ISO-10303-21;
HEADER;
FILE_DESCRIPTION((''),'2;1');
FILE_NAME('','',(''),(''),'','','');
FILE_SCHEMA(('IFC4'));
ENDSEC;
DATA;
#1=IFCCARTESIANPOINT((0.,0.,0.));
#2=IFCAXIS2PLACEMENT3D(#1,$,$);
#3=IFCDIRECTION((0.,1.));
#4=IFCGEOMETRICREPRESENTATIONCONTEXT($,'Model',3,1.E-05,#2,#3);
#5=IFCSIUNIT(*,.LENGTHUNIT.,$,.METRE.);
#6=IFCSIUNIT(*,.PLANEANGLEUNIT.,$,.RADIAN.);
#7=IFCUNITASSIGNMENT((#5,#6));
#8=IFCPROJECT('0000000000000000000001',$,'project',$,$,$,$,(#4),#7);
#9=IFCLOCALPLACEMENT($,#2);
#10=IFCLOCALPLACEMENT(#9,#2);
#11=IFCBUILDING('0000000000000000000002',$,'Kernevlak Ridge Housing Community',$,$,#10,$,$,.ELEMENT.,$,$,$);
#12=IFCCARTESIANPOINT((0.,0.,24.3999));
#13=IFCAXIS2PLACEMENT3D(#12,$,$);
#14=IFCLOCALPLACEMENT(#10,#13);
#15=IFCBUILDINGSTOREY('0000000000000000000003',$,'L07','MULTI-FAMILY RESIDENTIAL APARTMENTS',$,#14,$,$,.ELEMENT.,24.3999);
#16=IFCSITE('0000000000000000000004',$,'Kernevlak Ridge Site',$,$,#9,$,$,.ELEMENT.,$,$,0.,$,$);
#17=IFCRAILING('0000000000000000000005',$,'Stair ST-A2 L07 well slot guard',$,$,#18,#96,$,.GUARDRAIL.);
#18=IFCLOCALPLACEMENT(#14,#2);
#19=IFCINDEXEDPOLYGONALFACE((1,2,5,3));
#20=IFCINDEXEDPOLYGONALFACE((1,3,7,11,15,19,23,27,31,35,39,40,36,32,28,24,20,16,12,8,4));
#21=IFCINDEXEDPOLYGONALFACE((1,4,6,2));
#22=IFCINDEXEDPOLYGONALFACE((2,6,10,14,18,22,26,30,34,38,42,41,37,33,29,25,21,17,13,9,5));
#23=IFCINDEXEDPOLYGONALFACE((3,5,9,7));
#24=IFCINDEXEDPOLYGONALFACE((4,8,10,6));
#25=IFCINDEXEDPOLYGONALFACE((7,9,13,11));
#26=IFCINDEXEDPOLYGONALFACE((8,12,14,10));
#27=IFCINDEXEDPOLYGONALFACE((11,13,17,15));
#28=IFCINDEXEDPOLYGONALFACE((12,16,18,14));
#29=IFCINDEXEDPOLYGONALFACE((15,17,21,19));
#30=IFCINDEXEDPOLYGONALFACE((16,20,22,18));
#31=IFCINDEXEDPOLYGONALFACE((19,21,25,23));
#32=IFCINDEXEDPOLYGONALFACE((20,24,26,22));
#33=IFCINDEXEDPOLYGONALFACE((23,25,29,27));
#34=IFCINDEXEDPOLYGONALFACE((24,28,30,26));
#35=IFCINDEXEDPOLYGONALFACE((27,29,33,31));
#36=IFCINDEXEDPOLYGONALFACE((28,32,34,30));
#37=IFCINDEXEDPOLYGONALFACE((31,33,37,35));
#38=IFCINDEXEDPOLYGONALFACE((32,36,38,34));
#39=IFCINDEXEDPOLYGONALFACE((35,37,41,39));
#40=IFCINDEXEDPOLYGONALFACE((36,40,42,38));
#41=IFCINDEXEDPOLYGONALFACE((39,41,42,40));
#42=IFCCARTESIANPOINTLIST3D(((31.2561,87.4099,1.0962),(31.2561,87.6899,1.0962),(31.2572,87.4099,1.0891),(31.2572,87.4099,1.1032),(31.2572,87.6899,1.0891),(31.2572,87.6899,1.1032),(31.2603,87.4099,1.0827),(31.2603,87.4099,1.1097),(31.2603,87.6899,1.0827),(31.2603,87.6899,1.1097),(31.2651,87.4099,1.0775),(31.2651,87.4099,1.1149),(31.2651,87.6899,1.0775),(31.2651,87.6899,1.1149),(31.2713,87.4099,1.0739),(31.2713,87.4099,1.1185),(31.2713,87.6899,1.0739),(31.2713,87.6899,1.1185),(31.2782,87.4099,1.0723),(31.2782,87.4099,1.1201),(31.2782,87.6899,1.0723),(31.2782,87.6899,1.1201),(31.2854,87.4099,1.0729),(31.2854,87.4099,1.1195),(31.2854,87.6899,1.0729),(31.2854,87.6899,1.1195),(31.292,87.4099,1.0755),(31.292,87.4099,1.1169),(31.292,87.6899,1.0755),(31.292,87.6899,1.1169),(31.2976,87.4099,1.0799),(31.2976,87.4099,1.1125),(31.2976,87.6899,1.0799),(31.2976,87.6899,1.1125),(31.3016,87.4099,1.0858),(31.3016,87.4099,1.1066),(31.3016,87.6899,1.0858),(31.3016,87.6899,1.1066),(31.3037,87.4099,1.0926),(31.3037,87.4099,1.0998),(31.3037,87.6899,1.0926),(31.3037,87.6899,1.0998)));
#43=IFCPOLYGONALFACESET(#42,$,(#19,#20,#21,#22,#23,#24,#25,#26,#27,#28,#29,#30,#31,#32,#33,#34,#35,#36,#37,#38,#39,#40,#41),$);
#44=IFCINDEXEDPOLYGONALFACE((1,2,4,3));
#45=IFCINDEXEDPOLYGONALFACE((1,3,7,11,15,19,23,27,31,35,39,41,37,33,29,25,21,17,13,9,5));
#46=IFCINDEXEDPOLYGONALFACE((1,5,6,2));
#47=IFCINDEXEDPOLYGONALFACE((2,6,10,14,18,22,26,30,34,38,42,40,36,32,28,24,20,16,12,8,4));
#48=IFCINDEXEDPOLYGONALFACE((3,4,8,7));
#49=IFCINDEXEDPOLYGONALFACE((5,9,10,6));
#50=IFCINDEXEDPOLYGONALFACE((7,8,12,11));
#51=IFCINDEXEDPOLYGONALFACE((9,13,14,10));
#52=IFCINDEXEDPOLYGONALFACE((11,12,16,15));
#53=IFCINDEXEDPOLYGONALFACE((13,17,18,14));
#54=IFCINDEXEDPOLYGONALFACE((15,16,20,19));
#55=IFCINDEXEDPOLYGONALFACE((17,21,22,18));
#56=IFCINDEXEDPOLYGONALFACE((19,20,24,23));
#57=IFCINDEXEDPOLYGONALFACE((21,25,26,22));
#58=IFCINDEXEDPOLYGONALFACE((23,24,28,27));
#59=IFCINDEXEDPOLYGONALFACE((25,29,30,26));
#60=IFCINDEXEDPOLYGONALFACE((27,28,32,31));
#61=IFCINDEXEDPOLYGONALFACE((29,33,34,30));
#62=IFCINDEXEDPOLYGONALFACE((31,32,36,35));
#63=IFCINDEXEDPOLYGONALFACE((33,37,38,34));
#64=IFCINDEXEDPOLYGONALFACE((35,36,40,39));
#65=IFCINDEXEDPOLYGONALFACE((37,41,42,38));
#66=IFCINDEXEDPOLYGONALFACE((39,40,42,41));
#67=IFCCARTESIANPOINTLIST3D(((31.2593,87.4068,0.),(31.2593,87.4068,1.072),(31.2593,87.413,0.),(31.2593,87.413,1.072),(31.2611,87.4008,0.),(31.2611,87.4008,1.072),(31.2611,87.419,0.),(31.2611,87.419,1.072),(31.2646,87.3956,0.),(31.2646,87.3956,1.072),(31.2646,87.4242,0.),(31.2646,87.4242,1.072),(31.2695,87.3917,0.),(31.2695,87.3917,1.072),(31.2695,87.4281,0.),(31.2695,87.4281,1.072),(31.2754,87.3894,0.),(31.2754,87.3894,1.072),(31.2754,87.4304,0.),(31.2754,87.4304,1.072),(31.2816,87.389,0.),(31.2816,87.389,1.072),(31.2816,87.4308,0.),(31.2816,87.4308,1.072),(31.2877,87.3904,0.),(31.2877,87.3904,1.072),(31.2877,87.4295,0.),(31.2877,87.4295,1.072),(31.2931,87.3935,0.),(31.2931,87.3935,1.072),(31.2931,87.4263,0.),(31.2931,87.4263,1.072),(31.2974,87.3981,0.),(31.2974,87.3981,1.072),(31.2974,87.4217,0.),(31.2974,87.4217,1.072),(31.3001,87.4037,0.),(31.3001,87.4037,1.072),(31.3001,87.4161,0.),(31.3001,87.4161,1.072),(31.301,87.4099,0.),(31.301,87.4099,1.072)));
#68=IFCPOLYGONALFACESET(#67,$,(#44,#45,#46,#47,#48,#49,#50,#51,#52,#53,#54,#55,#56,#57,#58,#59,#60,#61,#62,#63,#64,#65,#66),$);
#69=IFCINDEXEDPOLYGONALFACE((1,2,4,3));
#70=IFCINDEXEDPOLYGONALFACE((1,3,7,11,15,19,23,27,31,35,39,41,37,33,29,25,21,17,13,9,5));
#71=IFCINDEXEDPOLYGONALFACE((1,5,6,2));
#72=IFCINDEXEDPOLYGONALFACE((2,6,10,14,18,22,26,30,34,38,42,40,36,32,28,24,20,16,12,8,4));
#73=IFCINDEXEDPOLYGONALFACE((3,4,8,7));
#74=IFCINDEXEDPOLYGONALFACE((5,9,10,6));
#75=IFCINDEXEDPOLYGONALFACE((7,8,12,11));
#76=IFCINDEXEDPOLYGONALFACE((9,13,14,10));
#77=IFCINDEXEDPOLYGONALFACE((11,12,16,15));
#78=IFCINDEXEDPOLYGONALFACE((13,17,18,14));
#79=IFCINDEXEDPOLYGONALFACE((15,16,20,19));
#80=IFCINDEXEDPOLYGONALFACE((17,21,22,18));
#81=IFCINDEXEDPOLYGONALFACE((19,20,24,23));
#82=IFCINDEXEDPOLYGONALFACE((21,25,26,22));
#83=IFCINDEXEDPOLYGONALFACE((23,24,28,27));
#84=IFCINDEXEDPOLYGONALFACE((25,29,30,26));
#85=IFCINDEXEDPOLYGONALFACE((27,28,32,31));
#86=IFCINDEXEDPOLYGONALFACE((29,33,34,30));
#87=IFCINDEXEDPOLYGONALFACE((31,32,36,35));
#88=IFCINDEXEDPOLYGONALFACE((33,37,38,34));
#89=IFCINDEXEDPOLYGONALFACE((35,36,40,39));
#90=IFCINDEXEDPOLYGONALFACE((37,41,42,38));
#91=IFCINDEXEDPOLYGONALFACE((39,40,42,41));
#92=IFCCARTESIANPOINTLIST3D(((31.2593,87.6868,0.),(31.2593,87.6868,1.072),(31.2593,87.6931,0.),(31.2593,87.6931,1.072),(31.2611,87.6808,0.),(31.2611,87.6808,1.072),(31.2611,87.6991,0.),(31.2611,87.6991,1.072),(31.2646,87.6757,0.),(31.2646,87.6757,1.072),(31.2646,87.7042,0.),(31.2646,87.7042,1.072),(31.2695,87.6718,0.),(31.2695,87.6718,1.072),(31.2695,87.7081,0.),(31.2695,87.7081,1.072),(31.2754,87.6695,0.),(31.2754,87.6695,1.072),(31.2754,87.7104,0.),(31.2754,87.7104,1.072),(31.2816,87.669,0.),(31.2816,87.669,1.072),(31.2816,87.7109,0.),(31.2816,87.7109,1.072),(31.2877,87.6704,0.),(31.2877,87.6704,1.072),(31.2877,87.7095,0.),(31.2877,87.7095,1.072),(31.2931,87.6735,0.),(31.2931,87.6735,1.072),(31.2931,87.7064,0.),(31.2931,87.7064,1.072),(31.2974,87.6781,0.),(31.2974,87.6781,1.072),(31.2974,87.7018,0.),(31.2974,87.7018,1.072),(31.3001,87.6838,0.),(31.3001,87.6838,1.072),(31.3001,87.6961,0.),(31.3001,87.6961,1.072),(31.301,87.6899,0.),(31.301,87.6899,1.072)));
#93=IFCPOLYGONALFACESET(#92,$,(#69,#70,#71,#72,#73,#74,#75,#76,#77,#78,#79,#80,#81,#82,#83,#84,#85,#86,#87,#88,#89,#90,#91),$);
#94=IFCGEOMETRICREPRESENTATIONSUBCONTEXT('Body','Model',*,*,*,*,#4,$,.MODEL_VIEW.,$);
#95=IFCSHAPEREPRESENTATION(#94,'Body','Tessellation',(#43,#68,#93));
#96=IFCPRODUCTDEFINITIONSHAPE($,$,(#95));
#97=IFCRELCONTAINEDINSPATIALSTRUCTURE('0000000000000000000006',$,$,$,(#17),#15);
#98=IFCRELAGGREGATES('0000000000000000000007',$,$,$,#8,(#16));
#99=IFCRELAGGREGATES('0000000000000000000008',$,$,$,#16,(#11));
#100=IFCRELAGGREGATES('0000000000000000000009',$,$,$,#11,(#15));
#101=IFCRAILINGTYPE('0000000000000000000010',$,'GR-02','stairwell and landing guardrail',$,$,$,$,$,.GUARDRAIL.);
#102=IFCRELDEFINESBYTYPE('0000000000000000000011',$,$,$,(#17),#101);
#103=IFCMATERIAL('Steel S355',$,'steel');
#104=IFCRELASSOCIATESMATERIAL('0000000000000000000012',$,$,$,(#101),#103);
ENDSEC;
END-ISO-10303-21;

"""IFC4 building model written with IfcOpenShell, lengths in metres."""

from ifc_helpers import new_model, si_unit, direction, frame, origin, origin_2d, place, context, subcontext, project, spatial, circle, extrude, material, type_object, element, save


model = new_model("IFC4")

# Units and contexts
model_context = context("Model", 3, precision=1e-05, world=origin(), true_north=direction((0.0, 1.0)))
body_context = subcontext(model_context, "Body", "Model", "MODEL_VIEW")
ifc_project = project(units=[si_unit("LENGTHUNIT", "METRE"), si_unit("PLANEANGLEUNIT", "RADIAN")], contexts=[model_context])

# Site, building, storey
site_placement = place(None, origin())
site = spatial("IfcSite", under=ifc_project, at=site_placement, Name="Kernevlak Ridge Site", CompositionType="ELEMENT", RefElevation=0.0)
building_placement = place(site_placement, origin())
building = spatial("IfcBuilding", under=site, at=building_placement, Name="Kernevlak Ridge Housing Community", CompositionType="ELEMENT")
storey_placement = place(building_placement, frame((0.0, 0.0, 24.3999)))
storey = spatial("IfcBuildingStorey", under=building, at=storey_placement, Name="L07", Description="MULTI-FAMILY RESIDENTIAL APARTMENTS", CompositionType="ELEMENT", Elevation=24.3999)

# Railing
ifc_material_1 = material(Name="Steel S355", Category="steel")
railing_type_1 = type_object("IfcRailingType", Name="GR-02", Description="stairwell and landing guardrail", PredefinedType="GUARDRAIL", material=ifc_material_1)
railing_1_placement = place(storey_placement, frame((31.28, 87.4099, 0.0)))
element("IfcRailing", 1, at=railing_1_placement, inside=storey, type_object=railing_type_1, Name="Stair ST-A2 L07 well slot guard", PredefinedType="GUARDRAIL", context=body_context, shape_type="SweptSolid", body=[
    extrude(circle(Radius=0.0239, at=origin_2d()), frame((0.0, 0.0, 1.0962), z_axis=(0.0, 1.0, 0.0), x_axis=(-1.0, 0.0, 0.0)), (0.0, 0.0, 1.0), 0.28),
    extrude(circle(Radius=0.021, at=origin_2d()), origin(), (0.0, 0.0, 1.0), 1.072),
    extrude(circle(Radius=0.021, at=origin_2d()), frame((0.0, 0.28, 0.0)), (0.0, 0.0, 1.0), 1.072),
])

save(model, "model.ifc")
